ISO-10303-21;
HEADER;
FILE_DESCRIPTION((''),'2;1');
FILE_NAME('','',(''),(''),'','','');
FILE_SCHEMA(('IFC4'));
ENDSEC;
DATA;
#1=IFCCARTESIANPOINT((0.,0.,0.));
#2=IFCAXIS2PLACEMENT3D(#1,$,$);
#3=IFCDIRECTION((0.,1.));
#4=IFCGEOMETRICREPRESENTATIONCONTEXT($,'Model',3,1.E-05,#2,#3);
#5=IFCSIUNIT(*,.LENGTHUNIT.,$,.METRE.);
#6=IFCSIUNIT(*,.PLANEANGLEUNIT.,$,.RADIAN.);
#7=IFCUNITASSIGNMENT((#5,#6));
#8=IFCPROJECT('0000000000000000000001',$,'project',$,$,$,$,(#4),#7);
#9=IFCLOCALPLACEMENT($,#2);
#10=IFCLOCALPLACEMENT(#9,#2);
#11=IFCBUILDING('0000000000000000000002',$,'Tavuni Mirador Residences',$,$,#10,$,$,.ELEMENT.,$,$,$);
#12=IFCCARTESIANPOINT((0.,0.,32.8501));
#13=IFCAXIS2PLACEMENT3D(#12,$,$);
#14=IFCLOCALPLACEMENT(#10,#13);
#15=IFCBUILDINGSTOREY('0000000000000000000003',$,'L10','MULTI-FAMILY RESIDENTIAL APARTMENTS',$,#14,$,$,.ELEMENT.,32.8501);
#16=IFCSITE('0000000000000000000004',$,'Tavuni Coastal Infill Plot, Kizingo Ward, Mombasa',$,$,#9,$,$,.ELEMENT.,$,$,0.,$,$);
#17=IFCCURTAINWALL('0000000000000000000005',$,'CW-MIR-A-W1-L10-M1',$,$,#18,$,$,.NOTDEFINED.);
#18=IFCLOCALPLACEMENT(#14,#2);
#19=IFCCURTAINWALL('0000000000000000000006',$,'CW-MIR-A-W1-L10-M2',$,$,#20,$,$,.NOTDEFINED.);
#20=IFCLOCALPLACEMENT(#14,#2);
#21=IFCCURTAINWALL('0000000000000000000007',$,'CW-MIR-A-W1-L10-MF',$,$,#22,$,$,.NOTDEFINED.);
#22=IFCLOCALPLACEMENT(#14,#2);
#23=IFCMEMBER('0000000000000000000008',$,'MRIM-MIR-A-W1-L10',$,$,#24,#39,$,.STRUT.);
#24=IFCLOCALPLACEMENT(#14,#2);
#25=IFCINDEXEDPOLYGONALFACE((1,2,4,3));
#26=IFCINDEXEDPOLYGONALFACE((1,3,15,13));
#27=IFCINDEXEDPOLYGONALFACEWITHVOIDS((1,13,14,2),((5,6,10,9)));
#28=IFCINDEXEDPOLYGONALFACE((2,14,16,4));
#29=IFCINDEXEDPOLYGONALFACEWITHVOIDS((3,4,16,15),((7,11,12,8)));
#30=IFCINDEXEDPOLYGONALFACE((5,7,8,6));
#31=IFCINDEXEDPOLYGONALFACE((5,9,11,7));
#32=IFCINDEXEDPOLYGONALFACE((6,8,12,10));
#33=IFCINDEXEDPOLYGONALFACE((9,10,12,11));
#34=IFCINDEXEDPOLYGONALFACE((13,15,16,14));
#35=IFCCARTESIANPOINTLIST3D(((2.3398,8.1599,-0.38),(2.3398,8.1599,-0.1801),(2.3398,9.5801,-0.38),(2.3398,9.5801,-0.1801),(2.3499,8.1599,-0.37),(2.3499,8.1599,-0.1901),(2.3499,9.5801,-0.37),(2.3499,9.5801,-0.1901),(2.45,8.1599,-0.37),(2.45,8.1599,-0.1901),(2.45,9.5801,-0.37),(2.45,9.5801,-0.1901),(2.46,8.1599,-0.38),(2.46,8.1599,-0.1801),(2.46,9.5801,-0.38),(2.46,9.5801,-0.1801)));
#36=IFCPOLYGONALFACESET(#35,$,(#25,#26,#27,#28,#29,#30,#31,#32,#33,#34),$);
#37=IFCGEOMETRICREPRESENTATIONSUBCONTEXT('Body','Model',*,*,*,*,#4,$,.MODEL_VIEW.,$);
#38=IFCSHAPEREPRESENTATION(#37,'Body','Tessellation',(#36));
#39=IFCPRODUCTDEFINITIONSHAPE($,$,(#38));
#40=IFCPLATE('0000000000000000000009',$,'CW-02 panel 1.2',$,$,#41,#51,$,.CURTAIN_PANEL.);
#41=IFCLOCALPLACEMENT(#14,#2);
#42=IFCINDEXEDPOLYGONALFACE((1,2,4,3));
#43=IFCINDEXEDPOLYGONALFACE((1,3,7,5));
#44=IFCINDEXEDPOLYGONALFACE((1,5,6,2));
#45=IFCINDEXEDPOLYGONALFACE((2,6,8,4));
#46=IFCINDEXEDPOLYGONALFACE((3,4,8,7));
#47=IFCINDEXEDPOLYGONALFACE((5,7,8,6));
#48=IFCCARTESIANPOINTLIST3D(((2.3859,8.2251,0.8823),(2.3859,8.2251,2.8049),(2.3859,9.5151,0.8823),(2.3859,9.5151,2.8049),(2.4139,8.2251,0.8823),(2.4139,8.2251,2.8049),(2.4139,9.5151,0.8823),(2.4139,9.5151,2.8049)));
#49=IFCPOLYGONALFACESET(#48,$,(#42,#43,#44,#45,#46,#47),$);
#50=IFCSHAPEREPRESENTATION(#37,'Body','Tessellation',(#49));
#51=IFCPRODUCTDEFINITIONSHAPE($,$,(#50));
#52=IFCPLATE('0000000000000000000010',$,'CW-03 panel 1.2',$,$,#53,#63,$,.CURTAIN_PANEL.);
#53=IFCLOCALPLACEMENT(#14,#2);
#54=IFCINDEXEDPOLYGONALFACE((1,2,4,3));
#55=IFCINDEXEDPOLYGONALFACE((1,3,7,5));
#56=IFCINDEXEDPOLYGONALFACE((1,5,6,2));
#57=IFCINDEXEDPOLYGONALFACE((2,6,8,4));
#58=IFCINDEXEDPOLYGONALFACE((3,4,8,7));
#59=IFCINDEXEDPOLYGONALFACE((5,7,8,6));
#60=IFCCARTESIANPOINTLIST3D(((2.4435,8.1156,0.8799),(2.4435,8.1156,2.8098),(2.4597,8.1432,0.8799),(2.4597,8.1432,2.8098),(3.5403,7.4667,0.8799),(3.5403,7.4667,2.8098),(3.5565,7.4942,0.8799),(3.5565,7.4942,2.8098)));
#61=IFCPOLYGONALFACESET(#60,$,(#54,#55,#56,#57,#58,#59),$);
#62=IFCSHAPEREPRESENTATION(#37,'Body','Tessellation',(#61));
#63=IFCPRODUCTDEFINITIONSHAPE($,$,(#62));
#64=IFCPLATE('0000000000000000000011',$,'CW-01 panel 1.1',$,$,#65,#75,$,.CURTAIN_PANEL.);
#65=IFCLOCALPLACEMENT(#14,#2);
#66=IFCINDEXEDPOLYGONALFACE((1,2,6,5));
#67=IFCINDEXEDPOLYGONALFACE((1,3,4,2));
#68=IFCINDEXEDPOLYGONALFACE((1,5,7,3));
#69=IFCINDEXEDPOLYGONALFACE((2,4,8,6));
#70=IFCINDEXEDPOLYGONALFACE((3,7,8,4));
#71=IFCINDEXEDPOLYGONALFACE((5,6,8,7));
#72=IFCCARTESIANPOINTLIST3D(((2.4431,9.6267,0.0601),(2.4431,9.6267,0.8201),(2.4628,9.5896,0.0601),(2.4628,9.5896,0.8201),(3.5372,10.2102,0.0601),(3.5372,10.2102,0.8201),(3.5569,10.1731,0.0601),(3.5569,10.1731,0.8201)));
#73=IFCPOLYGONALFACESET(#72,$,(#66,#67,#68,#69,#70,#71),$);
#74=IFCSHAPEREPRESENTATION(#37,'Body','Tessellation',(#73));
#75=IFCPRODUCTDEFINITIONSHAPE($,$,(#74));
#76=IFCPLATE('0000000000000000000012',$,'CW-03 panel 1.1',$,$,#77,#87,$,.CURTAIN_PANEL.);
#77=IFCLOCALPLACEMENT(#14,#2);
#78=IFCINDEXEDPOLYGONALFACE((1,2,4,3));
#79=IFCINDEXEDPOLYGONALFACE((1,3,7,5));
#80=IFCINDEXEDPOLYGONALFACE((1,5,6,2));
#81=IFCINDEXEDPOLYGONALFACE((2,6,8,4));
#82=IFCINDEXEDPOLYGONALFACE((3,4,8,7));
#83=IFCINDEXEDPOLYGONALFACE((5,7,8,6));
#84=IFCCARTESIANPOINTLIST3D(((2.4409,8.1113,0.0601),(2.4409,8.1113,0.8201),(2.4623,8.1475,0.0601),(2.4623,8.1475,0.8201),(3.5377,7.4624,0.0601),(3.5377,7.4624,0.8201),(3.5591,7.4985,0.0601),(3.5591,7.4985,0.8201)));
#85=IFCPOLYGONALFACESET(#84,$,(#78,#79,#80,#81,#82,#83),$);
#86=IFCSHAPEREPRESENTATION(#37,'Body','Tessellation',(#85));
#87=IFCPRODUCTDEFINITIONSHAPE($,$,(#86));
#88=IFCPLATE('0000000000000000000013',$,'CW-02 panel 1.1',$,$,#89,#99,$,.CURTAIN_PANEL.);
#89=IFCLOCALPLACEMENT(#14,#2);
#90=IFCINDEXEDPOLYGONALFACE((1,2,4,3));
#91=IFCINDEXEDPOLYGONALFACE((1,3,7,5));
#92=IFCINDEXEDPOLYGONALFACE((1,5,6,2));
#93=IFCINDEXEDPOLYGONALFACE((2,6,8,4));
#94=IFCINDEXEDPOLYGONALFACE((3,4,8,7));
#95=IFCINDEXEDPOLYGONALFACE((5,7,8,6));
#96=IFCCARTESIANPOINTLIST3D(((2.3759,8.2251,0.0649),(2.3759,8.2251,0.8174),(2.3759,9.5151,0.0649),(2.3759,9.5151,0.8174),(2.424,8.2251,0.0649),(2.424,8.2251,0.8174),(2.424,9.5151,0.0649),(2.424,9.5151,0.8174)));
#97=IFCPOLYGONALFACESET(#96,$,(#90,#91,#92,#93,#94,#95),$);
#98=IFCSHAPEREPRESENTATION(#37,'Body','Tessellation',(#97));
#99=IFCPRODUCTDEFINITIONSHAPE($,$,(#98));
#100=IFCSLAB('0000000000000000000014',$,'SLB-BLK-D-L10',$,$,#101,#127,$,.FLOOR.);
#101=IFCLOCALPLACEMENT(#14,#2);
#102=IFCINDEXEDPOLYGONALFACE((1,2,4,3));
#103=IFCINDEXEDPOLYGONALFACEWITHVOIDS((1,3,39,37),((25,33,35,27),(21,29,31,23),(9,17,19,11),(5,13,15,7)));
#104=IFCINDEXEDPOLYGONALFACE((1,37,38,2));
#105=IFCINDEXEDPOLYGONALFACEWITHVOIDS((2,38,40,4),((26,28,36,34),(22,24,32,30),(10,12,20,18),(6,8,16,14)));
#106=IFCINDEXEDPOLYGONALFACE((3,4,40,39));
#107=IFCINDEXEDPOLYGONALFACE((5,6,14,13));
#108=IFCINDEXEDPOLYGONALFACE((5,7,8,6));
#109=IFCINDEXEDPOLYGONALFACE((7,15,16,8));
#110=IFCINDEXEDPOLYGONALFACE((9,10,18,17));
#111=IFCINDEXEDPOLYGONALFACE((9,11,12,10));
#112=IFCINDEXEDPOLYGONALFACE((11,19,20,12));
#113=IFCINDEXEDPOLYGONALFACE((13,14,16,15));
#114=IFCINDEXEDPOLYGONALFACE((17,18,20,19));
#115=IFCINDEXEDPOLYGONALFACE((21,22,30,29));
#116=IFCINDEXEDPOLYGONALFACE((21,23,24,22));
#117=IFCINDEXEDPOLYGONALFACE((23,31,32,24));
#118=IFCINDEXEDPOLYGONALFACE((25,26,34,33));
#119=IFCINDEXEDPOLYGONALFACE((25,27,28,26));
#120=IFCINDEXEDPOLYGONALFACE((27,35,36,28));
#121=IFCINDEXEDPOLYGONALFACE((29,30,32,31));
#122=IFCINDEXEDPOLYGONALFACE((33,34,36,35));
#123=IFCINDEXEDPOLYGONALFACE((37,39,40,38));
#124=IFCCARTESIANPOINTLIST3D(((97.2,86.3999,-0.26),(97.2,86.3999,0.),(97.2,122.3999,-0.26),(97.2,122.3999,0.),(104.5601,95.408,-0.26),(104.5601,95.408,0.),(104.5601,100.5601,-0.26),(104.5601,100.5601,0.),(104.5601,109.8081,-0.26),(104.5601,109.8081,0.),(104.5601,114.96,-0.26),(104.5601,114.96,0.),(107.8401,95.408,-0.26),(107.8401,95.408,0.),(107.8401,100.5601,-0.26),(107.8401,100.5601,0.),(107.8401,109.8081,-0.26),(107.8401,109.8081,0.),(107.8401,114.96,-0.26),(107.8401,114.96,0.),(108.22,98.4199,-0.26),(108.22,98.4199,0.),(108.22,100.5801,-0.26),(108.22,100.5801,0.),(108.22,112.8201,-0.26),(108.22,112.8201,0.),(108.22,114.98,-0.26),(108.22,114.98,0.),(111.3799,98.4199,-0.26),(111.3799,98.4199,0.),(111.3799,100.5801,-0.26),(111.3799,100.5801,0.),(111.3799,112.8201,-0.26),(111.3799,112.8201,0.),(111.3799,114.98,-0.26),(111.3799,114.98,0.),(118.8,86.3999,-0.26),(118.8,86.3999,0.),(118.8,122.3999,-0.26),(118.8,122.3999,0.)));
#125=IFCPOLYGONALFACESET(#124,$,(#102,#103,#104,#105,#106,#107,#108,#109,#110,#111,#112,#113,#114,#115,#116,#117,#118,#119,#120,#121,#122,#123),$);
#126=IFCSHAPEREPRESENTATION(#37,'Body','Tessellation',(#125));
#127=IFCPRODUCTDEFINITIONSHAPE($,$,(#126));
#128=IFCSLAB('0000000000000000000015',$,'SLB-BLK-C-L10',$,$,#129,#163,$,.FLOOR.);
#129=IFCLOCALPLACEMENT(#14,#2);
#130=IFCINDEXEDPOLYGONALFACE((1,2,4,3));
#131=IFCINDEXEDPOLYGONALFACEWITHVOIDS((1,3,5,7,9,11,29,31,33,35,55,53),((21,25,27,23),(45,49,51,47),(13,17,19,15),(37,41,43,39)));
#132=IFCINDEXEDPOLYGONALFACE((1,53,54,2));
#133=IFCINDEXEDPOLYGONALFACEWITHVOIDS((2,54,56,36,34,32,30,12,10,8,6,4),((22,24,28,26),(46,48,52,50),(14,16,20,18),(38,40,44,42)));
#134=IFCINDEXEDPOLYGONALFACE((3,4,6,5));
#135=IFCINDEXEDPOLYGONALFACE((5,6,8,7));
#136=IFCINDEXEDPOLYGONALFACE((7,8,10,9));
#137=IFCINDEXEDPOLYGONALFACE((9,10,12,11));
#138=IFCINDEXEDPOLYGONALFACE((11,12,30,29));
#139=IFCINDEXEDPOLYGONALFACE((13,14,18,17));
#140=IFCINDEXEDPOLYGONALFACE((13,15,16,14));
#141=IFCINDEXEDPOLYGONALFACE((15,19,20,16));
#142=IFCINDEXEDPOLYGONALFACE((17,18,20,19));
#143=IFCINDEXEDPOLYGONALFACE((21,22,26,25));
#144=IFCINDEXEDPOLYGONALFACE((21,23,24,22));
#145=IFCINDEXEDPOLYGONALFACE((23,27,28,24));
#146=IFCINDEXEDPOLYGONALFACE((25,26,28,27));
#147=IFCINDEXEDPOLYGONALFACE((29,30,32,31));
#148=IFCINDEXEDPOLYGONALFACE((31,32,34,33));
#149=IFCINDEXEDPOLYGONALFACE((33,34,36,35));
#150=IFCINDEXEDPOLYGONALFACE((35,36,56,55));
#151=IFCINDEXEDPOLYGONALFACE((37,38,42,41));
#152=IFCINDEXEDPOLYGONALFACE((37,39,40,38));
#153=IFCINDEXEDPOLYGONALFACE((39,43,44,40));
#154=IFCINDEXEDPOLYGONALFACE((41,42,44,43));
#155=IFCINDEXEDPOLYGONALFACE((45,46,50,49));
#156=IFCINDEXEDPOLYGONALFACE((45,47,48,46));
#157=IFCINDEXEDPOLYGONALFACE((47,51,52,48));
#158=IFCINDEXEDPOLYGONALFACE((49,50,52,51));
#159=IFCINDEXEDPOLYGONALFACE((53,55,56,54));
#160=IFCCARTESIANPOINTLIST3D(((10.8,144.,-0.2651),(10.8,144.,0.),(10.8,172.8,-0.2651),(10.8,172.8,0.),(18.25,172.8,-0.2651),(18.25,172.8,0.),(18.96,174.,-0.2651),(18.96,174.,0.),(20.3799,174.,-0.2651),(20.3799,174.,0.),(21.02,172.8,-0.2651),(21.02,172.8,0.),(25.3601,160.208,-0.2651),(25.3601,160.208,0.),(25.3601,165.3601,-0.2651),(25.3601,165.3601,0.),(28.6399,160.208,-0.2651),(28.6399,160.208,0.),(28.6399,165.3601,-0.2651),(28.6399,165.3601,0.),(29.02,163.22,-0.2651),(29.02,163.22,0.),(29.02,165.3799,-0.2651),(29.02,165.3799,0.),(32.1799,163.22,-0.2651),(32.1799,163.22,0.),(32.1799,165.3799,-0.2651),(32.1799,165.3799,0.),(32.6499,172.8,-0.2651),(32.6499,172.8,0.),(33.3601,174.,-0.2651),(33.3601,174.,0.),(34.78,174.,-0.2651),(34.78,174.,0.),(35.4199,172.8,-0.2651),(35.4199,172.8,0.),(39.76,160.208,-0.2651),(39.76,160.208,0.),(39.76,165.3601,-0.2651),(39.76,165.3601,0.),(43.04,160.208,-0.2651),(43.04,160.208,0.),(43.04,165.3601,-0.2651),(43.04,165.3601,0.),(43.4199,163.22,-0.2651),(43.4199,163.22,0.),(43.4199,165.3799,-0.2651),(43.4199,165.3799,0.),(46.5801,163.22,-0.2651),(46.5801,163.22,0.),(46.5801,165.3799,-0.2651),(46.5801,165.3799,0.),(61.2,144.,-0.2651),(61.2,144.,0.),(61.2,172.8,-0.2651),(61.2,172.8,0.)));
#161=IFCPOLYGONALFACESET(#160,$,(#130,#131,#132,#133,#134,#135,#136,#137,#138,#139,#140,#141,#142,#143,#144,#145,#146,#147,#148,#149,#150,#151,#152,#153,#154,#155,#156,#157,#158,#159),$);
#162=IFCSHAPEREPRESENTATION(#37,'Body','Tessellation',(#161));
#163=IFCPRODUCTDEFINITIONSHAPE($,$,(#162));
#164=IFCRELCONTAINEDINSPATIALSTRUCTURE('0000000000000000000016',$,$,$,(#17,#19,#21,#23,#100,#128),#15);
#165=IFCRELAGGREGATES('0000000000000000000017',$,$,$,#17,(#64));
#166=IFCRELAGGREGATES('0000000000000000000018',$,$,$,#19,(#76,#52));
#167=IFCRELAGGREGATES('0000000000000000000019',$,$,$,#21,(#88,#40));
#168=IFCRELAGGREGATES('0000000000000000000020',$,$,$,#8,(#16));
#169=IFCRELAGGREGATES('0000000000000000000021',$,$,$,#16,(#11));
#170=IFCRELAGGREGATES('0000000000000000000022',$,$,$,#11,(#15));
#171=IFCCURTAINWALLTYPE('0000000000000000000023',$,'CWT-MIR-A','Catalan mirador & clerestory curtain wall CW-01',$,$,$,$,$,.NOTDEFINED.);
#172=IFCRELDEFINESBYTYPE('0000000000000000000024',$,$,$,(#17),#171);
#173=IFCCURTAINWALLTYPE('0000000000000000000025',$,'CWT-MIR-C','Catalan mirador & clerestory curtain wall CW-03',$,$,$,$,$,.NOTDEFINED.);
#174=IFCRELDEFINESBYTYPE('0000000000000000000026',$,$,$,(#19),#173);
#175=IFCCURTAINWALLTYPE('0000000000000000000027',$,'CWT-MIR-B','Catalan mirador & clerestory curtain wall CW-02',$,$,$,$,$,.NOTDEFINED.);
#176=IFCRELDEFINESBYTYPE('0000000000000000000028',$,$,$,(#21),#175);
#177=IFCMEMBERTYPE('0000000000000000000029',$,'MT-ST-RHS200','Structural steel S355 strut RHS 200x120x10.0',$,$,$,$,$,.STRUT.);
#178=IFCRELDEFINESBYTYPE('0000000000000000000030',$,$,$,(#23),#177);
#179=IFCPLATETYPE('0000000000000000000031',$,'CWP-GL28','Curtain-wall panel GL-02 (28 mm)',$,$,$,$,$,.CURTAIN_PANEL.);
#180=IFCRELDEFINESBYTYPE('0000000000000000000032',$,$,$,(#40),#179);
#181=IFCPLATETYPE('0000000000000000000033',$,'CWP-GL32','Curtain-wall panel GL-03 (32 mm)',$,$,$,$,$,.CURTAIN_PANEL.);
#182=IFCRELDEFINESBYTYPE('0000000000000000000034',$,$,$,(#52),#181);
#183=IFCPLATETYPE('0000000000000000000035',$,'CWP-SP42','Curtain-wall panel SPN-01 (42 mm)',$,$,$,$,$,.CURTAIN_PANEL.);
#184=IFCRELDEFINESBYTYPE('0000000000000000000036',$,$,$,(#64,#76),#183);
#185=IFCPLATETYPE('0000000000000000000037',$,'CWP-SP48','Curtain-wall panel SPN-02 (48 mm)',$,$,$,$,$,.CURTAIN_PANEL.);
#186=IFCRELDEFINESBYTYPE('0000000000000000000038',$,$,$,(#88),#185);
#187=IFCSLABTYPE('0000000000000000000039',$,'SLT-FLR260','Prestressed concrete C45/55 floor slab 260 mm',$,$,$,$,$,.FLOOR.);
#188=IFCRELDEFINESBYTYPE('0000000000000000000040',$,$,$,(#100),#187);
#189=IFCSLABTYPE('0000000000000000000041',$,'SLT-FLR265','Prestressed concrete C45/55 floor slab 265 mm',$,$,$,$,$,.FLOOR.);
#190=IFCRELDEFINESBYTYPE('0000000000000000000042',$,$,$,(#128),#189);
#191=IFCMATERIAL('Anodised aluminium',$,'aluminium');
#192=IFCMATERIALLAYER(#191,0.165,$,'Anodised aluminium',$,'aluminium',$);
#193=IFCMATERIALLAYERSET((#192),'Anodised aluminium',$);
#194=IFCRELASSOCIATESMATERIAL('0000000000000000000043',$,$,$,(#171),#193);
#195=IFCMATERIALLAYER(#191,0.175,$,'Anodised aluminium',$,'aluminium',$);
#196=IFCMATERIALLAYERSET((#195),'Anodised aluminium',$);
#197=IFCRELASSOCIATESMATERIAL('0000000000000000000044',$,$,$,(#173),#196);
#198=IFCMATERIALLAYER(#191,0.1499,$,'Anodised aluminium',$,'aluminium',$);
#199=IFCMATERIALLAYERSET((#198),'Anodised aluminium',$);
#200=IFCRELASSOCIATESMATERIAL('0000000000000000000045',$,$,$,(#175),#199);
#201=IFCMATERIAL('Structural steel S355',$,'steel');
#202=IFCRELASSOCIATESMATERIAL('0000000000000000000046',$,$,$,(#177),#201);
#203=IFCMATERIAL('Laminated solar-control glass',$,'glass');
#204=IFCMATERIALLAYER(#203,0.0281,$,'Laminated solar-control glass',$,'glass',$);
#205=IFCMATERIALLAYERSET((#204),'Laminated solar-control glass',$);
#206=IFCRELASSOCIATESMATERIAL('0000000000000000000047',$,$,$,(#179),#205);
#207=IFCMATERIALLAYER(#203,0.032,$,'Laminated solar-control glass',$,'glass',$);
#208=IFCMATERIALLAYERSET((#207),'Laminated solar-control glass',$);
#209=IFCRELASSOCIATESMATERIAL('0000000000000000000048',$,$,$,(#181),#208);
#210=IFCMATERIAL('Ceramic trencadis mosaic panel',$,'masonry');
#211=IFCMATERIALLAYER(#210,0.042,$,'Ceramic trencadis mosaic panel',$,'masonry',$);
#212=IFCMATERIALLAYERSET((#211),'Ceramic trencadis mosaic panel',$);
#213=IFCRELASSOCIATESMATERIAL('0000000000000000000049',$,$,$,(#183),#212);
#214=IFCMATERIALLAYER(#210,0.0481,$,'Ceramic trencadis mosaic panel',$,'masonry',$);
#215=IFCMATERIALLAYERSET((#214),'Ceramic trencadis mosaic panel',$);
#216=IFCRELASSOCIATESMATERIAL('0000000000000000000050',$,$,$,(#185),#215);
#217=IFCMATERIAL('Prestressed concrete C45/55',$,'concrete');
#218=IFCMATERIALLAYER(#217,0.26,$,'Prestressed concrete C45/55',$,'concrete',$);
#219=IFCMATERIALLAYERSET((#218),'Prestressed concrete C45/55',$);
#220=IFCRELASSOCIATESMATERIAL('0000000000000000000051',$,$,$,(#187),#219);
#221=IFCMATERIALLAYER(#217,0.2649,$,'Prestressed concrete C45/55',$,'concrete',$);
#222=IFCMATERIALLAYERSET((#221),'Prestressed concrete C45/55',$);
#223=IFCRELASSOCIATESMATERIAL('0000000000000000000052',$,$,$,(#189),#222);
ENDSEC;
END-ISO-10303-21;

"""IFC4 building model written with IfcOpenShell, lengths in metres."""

from ifc_helpers import new_model, si_unit, direction, frame, origin, origin_2d, place, context, subcontext, project, spatial, polyline, rectangle, hollow_rectangle, outline, extrude, material, layer, layer_set, material_profile, profile_set, type_object, element, aggregate, save


model = new_model("IFC4")

# Units and contexts
model_context = context("Model", 3, precision=1e-05, world=origin(), true_north=direction((0.0, 1.0)))
body_context = subcontext(model_context, "Body", "Model", "MODEL_VIEW")
ifc_project = project(units=[si_unit("LENGTHUNIT", "METRE"), si_unit("PLANEANGLEUNIT", "RADIAN")], contexts=[model_context])

# Site, building, storey
site_placement = place(None, origin())
site = spatial("IfcSite", under=ifc_project, at=site_placement, Name="Tavuni Coastal Infill Plot, Kizingo Ward, Mombasa", CompositionType="ELEMENT", RefElevation=0.0)
building_placement = place(site_placement, origin())
building = spatial("IfcBuilding", under=site, at=building_placement, Name="Tavuni Mirador Residences", CompositionType="ELEMENT")
storey_placement = place(building_placement, frame((0.0, 0.0, 32.8501)))
storey = spatial("IfcBuildingStorey", under=building, at=storey_placement, Name="L10", Description="MULTI-FAMILY RESIDENTIAL APARTMENTS", CompositionType="ELEMENT", Elevation=32.8501)

# Curtain walls
ifc_material_1 = material(Name="Anodised aluminium", Category="aluminium")
ifc_layer_1 = layer(ifc_material_1, 0.165, Name="Anodised aluminium", Category="aluminium")
ifc_layer_set_1 = layer_set([ifc_layer_1], Name="Anodised aluminium")
curtain_wall_type_1 = type_object("IfcCurtainWallType", Name="CWT-MIR-A", Description="Catalan mirador & clerestory curtain wall CW-01", PredefinedType="NOTDEFINED", material=ifc_layer_set_1)
curtain_wall_1_placement = place(storey_placement, origin())
curtain_wall_1 = element("IfcCurtainWall", 1, at=curtain_wall_1_placement, inside=storey, type_object=curtain_wall_type_1, Name="CW-MIR-A-W1-L10-M1", PredefinedType="NOTDEFINED")
ifc_layer_2 = layer(ifc_material_1, 0.175, Name="Anodised aluminium", Category="aluminium")
ifc_layer_set_2 = layer_set([ifc_layer_2], Name="Anodised aluminium")
curtain_wall_type_2 = type_object("IfcCurtainWallType", Name="CWT-MIR-C", Description="Catalan mirador & clerestory curtain wall CW-03", PredefinedType="NOTDEFINED", material=ifc_layer_set_2)
curtain_wall_2_placement = place(storey_placement, origin())
curtain_wall_2 = element("IfcCurtainWall", 2, at=curtain_wall_2_placement, inside=storey, type_object=curtain_wall_type_2, Name="CW-MIR-A-W1-L10-M2", PredefinedType="NOTDEFINED")

# Curtain wall
ifc_layer_3 = layer(ifc_material_1, 0.1499, Name="Anodised aluminium", Category="aluminium")
ifc_layer_set_3 = layer_set([ifc_layer_3], Name="Anodised aluminium")
curtain_wall_type_3 = type_object("IfcCurtainWallType", Name="CWT-MIR-B", Description="Catalan mirador & clerestory curtain wall CW-02", PredefinedType="NOTDEFINED", material=ifc_layer_set_3)
curtain_wall_3_placement = place(storey_placement, origin())
curtain_wall_3 = element("IfcCurtainWall", 3, at=curtain_wall_3_placement, inside=storey, type_object=curtain_wall_type_3, Name="CW-MIR-A-W1-L10-MF", PredefinedType="NOTDEFINED")

# Member
ifc_material_2 = material(Name="Structural steel S355", Category="steel")
ifc_material_profile_1 = material_profile(ifc_material_2, hollow_rectangle(XDim=0.1201, YDim=0.2, WallThickness=0.01, at=origin_2d()), Name="RHS 200x120x10.0", Category="steel")
ifc_profile_set_1 = profile_set([ifc_material_profile_1], Name="Structural steel S355")
member_type_1 = type_object("IfcMemberType", Name="MT-ST-RHS200", Description="Structural steel S355 strut RHS 200x120x10.0", PredefinedType="STRUT", material=ifc_profile_set_1)
member_1_placement = place(storey_placement, frame((2.3999, 8.1599, -0.28), z_axis=(0.0, 1.0, 0.0), x_axis=(-1.0, 0.0, 0.0)))
element("IfcMember", 4, at=member_1_placement, inside=storey, type_object=member_type_1, Name="MRIM-MIR-A-W1-L10", PredefinedType="STRUT", context=body_context, shape_type="SweptSolid", body=[
    extrude(hollow_rectangle(XDim=0.1201, YDim=0.2, WallThickness=0.01, at=origin_2d()), origin(), (0.0, 0.0, 1.0), 1.4202),
])

# Plates
ifc_material_3 = material(Name="Laminated solar-control glass", Category="glass")
ifc_layer_4 = layer(ifc_material_3, 0.0281, Name="Laminated solar-control glass", Category="glass")
ifc_layer_set_4 = layer_set([ifc_layer_4], Name="Laminated solar-control glass")
plate_type_1 = type_object("IfcPlateType", Name="CWP-GL28", Description="Curtain-wall panel GL-02 (28 mm)", PredefinedType="CURTAIN_PANEL", material=ifc_layer_set_4)
plate_1_placement = place(storey_placement, frame((2.3999, 8.8701, 0.8823), z_axis=(0.0, 0.0, 1.0), x_axis=(0.0, -1.0, 0.0)))
plate_1 = element("IfcPlate", 5, at=plate_1_placement, type_object=plate_type_1, Name="CW-02 panel 1.2", PredefinedType="CURTAIN_PANEL", context=body_context, shape_type="SweptSolid", body=[
    extrude(rectangle(XDim=1.29, YDim=0.0281, at=origin_2d()), origin(), (0.0, 0.0, 1.0), 1.9226),
])
ifc_layer_5 = layer(ifc_material_3, 0.032, Name="Laminated solar-control glass", Category="glass")
ifc_layer_set_5 = layer_set([ifc_layer_5], Name="Laminated solar-control glass")
plate_type_2 = type_object("IfcPlateType", Name="CWP-GL32", Description="Curtain-wall panel GL-03 (32 mm)", PredefinedType="CURTAIN_PANEL", material=ifc_layer_set_5)
plate_2_placement = place(storey_placement, frame((3.0, 7.8049, 0.8799), z_axis=(0.0, 0.0, 1.0), x_axis=(0.860641, -0.509212, 0.0)))
plate_2 = element("IfcPlate", 6, at=plate_2_placement, type_object=plate_type_2, Name="CW-03 panel 1.2", PredefinedType="CURTAIN_PANEL", context=body_context, shape_type="SweptSolid", body=[
    extrude(rectangle(XDim=1.2744, YDim=0.032, at=origin_2d()), origin(), (0.0, 0.0, 1.0), 1.9299),
])
ifc_material_4 = material(Name="Ceramic trencadis mosaic panel", Category="masonry")
ifc_layer_6 = layer(ifc_material_4, 0.042, Name="Ceramic trencadis mosaic panel", Category="masonry")
ifc_layer_set_6 = layer_set([ifc_layer_6], Name="Ceramic trencadis mosaic panel")
plate_type_3 = type_object("IfcPlateType", Name="CWP-SP42", Description="Curtain-wall panel SPN-01 (42 mm)", PredefinedType="CURTAIN_PANEL", material=ifc_layer_set_6)
plate_3_placement = place(storey_placement, frame((3.0, 9.8999, 0.0601), z_axis=(0.0, 0.0, 1.0), x_axis=(-0.882353, -0.470588, 0.0)))
plate_3 = element("IfcPlate", 7, at=plate_3_placement, type_object=plate_type_3, Name="CW-01 panel 1.1", PredefinedType="CURTAIN_PANEL", context=body_context, shape_type="SweptSolid", body=[
    extrude(rectangle(XDim=1.24, YDim=0.042, at=origin_2d()), origin(), (0.0, 0.0, 1.0), 0.76),
])
aggregate(curtain_wall_1, [plate_3])
plate_4_placement = place(storey_placement, frame((3.0, 7.8049, 0.0601), z_axis=(0.0, 0.0, 1.0), x_axis=(0.860641, -0.509212, 0.0)))
plate_4 = element("IfcPlate", 8, at=plate_4_placement, type_object=plate_type_3, Name="CW-03 panel 1.1", PredefinedType="CURTAIN_PANEL", context=body_context, shape_type="SweptSolid", body=[
    extrude(rectangle(XDim=1.2744, YDim=0.042, at=origin_2d()), origin(), (0.0, 0.0, 1.0), 0.76),
])
aggregate(curtain_wall_2, [plate_4, plate_2])
ifc_layer_7 = layer(ifc_material_4, 0.0481, Name="Ceramic trencadis mosaic panel", Category="masonry")
ifc_layer_set_7 = layer_set([ifc_layer_7], Name="Ceramic trencadis mosaic panel")
plate_type_4 = type_object("IfcPlateType", Name="CWP-SP48", Description="Curtain-wall panel SPN-02 (48 mm)", PredefinedType="CURTAIN_PANEL", material=ifc_layer_set_7)
plate_5_placement = place(storey_placement, frame((2.3999, 8.8701, 0.0649), z_axis=(0.0, 0.0, 1.0), x_axis=(0.0, -1.0, 0.0)))
plate_5 = element("IfcPlate", 9, at=plate_5_placement, type_object=plate_type_4, Name="CW-02 panel 1.1", PredefinedType="CURTAIN_PANEL", context=body_context, shape_type="SweptSolid", body=[
    extrude(rectangle(XDim=1.29, YDim=0.0481, at=origin_2d()), origin(), (0.0, 0.0, 1.0), 0.7524),
])
aggregate(curtain_wall_3, [plate_5, plate_1])

# Slabs
ifc_material_5 = material(Name="Prestressed concrete C45/55", Category="concrete")
ifc_layer_8 = layer(ifc_material_5, 0.26, Name="Prestressed concrete C45/55", Category="concrete")
ifc_layer_set_8 = layer_set([ifc_layer_8], Name="Prestressed concrete C45/55")
slab_type_1 = type_object("IfcSlabType", Name="SLT-FLR260", Description="Prestressed concrete C45/55 floor slab 260 mm", PredefinedType="FLOOR", material=ifc_layer_set_8)
slab_1_placement = place(storey_placement, frame((0.0, 0.0, -0.26)))
element("IfcSlab", 10, at=slab_1_placement, inside=storey, type_object=slab_type_1, Name="SLB-BLK-D-L10", PredefinedType="FLOOR", context=body_context, shape_type="SweptSolid", body=[
    extrude(outline(polyline([(97.2, 86.3999), (118.8, 86.3999), (118.8, 122.3999), (97.2, 122.3999), (97.2, 86.3999)]), holes=[polyline([(104.5601, 95.408), (107.8401, 95.408), (107.8401, 100.5601), (104.5601, 100.5601), (104.5601, 95.408)]), polyline([(108.22, 98.4199), (111.3799, 98.4199), (111.3799, 100.5801), (108.22, 100.5801), (108.22, 98.4199)]), polyline([(104.5601, 109.8081), (107.8401, 109.8081), (107.8401, 114.96), (104.5601, 114.96), (104.5601, 109.8081)]), polyline([(108.22, 112.8201), (111.3799, 112.8201), (111.3799, 114.98), (108.22, 114.98), (108.22, 112.8201)])]), origin(), (0.0, 0.0, 1.0), 0.26),
])
ifc_layer_9 = layer(ifc_material_5, 0.2649, Name="Prestressed concrete C45/55", Category="concrete")
ifc_layer_set_9 = layer_set([ifc_layer_9], Name="Prestressed concrete C45/55")
slab_type_2 = type_object("IfcSlabType", Name="SLT-FLR265", Description="Prestressed concrete C45/55 floor slab 265 mm", PredefinedType="FLOOR", material=ifc_layer_set_9)
slab_2_placement = place(storey_placement, frame((0.0, 0.0, -0.2651)))
element("IfcSlab", 11, at=slab_2_placement, inside=storey, type_object=slab_type_2, Name="SLB-BLK-C-L10", PredefinedType="FLOOR", context=body_context, shape_type="SweptSolid", body=[
    extrude(outline(polyline([(10.8, 144.0), (61.2, 144.0), (61.2, 172.8), (35.4199, 172.8), (34.78, 174.0), (33.3601, 174.0), (32.6499, 172.8), (21.02, 172.8), (20.3799, 174.0), (18.96, 174.0), (18.25, 172.8), (10.8, 172.8), (10.8, 144.0)]), holes=[polyline([(25.3601, 160.208), (28.6399, 160.208), (28.6399, 165.3601), (25.3601, 165.3601), (25.3601, 160.208)]), polyline([(29.02, 163.22), (32.1799, 163.22), (32.1799, 165.3799), (29.02, 165.3799), (29.02, 163.22)]), polyline([(39.76, 160.208), (43.04, 160.208), (43.04, 165.3601), (39.76, 165.3601), (39.76, 160.208)]), polyline([(43.4199, 163.22), (46.5801, 163.22), (46.5801, 165.3799), (43.4199, 165.3799), (43.4199, 163.22)])]), origin(), (0.0, 0.0, 1.0), 0.2651),
])

save(model, "model.ifc")
